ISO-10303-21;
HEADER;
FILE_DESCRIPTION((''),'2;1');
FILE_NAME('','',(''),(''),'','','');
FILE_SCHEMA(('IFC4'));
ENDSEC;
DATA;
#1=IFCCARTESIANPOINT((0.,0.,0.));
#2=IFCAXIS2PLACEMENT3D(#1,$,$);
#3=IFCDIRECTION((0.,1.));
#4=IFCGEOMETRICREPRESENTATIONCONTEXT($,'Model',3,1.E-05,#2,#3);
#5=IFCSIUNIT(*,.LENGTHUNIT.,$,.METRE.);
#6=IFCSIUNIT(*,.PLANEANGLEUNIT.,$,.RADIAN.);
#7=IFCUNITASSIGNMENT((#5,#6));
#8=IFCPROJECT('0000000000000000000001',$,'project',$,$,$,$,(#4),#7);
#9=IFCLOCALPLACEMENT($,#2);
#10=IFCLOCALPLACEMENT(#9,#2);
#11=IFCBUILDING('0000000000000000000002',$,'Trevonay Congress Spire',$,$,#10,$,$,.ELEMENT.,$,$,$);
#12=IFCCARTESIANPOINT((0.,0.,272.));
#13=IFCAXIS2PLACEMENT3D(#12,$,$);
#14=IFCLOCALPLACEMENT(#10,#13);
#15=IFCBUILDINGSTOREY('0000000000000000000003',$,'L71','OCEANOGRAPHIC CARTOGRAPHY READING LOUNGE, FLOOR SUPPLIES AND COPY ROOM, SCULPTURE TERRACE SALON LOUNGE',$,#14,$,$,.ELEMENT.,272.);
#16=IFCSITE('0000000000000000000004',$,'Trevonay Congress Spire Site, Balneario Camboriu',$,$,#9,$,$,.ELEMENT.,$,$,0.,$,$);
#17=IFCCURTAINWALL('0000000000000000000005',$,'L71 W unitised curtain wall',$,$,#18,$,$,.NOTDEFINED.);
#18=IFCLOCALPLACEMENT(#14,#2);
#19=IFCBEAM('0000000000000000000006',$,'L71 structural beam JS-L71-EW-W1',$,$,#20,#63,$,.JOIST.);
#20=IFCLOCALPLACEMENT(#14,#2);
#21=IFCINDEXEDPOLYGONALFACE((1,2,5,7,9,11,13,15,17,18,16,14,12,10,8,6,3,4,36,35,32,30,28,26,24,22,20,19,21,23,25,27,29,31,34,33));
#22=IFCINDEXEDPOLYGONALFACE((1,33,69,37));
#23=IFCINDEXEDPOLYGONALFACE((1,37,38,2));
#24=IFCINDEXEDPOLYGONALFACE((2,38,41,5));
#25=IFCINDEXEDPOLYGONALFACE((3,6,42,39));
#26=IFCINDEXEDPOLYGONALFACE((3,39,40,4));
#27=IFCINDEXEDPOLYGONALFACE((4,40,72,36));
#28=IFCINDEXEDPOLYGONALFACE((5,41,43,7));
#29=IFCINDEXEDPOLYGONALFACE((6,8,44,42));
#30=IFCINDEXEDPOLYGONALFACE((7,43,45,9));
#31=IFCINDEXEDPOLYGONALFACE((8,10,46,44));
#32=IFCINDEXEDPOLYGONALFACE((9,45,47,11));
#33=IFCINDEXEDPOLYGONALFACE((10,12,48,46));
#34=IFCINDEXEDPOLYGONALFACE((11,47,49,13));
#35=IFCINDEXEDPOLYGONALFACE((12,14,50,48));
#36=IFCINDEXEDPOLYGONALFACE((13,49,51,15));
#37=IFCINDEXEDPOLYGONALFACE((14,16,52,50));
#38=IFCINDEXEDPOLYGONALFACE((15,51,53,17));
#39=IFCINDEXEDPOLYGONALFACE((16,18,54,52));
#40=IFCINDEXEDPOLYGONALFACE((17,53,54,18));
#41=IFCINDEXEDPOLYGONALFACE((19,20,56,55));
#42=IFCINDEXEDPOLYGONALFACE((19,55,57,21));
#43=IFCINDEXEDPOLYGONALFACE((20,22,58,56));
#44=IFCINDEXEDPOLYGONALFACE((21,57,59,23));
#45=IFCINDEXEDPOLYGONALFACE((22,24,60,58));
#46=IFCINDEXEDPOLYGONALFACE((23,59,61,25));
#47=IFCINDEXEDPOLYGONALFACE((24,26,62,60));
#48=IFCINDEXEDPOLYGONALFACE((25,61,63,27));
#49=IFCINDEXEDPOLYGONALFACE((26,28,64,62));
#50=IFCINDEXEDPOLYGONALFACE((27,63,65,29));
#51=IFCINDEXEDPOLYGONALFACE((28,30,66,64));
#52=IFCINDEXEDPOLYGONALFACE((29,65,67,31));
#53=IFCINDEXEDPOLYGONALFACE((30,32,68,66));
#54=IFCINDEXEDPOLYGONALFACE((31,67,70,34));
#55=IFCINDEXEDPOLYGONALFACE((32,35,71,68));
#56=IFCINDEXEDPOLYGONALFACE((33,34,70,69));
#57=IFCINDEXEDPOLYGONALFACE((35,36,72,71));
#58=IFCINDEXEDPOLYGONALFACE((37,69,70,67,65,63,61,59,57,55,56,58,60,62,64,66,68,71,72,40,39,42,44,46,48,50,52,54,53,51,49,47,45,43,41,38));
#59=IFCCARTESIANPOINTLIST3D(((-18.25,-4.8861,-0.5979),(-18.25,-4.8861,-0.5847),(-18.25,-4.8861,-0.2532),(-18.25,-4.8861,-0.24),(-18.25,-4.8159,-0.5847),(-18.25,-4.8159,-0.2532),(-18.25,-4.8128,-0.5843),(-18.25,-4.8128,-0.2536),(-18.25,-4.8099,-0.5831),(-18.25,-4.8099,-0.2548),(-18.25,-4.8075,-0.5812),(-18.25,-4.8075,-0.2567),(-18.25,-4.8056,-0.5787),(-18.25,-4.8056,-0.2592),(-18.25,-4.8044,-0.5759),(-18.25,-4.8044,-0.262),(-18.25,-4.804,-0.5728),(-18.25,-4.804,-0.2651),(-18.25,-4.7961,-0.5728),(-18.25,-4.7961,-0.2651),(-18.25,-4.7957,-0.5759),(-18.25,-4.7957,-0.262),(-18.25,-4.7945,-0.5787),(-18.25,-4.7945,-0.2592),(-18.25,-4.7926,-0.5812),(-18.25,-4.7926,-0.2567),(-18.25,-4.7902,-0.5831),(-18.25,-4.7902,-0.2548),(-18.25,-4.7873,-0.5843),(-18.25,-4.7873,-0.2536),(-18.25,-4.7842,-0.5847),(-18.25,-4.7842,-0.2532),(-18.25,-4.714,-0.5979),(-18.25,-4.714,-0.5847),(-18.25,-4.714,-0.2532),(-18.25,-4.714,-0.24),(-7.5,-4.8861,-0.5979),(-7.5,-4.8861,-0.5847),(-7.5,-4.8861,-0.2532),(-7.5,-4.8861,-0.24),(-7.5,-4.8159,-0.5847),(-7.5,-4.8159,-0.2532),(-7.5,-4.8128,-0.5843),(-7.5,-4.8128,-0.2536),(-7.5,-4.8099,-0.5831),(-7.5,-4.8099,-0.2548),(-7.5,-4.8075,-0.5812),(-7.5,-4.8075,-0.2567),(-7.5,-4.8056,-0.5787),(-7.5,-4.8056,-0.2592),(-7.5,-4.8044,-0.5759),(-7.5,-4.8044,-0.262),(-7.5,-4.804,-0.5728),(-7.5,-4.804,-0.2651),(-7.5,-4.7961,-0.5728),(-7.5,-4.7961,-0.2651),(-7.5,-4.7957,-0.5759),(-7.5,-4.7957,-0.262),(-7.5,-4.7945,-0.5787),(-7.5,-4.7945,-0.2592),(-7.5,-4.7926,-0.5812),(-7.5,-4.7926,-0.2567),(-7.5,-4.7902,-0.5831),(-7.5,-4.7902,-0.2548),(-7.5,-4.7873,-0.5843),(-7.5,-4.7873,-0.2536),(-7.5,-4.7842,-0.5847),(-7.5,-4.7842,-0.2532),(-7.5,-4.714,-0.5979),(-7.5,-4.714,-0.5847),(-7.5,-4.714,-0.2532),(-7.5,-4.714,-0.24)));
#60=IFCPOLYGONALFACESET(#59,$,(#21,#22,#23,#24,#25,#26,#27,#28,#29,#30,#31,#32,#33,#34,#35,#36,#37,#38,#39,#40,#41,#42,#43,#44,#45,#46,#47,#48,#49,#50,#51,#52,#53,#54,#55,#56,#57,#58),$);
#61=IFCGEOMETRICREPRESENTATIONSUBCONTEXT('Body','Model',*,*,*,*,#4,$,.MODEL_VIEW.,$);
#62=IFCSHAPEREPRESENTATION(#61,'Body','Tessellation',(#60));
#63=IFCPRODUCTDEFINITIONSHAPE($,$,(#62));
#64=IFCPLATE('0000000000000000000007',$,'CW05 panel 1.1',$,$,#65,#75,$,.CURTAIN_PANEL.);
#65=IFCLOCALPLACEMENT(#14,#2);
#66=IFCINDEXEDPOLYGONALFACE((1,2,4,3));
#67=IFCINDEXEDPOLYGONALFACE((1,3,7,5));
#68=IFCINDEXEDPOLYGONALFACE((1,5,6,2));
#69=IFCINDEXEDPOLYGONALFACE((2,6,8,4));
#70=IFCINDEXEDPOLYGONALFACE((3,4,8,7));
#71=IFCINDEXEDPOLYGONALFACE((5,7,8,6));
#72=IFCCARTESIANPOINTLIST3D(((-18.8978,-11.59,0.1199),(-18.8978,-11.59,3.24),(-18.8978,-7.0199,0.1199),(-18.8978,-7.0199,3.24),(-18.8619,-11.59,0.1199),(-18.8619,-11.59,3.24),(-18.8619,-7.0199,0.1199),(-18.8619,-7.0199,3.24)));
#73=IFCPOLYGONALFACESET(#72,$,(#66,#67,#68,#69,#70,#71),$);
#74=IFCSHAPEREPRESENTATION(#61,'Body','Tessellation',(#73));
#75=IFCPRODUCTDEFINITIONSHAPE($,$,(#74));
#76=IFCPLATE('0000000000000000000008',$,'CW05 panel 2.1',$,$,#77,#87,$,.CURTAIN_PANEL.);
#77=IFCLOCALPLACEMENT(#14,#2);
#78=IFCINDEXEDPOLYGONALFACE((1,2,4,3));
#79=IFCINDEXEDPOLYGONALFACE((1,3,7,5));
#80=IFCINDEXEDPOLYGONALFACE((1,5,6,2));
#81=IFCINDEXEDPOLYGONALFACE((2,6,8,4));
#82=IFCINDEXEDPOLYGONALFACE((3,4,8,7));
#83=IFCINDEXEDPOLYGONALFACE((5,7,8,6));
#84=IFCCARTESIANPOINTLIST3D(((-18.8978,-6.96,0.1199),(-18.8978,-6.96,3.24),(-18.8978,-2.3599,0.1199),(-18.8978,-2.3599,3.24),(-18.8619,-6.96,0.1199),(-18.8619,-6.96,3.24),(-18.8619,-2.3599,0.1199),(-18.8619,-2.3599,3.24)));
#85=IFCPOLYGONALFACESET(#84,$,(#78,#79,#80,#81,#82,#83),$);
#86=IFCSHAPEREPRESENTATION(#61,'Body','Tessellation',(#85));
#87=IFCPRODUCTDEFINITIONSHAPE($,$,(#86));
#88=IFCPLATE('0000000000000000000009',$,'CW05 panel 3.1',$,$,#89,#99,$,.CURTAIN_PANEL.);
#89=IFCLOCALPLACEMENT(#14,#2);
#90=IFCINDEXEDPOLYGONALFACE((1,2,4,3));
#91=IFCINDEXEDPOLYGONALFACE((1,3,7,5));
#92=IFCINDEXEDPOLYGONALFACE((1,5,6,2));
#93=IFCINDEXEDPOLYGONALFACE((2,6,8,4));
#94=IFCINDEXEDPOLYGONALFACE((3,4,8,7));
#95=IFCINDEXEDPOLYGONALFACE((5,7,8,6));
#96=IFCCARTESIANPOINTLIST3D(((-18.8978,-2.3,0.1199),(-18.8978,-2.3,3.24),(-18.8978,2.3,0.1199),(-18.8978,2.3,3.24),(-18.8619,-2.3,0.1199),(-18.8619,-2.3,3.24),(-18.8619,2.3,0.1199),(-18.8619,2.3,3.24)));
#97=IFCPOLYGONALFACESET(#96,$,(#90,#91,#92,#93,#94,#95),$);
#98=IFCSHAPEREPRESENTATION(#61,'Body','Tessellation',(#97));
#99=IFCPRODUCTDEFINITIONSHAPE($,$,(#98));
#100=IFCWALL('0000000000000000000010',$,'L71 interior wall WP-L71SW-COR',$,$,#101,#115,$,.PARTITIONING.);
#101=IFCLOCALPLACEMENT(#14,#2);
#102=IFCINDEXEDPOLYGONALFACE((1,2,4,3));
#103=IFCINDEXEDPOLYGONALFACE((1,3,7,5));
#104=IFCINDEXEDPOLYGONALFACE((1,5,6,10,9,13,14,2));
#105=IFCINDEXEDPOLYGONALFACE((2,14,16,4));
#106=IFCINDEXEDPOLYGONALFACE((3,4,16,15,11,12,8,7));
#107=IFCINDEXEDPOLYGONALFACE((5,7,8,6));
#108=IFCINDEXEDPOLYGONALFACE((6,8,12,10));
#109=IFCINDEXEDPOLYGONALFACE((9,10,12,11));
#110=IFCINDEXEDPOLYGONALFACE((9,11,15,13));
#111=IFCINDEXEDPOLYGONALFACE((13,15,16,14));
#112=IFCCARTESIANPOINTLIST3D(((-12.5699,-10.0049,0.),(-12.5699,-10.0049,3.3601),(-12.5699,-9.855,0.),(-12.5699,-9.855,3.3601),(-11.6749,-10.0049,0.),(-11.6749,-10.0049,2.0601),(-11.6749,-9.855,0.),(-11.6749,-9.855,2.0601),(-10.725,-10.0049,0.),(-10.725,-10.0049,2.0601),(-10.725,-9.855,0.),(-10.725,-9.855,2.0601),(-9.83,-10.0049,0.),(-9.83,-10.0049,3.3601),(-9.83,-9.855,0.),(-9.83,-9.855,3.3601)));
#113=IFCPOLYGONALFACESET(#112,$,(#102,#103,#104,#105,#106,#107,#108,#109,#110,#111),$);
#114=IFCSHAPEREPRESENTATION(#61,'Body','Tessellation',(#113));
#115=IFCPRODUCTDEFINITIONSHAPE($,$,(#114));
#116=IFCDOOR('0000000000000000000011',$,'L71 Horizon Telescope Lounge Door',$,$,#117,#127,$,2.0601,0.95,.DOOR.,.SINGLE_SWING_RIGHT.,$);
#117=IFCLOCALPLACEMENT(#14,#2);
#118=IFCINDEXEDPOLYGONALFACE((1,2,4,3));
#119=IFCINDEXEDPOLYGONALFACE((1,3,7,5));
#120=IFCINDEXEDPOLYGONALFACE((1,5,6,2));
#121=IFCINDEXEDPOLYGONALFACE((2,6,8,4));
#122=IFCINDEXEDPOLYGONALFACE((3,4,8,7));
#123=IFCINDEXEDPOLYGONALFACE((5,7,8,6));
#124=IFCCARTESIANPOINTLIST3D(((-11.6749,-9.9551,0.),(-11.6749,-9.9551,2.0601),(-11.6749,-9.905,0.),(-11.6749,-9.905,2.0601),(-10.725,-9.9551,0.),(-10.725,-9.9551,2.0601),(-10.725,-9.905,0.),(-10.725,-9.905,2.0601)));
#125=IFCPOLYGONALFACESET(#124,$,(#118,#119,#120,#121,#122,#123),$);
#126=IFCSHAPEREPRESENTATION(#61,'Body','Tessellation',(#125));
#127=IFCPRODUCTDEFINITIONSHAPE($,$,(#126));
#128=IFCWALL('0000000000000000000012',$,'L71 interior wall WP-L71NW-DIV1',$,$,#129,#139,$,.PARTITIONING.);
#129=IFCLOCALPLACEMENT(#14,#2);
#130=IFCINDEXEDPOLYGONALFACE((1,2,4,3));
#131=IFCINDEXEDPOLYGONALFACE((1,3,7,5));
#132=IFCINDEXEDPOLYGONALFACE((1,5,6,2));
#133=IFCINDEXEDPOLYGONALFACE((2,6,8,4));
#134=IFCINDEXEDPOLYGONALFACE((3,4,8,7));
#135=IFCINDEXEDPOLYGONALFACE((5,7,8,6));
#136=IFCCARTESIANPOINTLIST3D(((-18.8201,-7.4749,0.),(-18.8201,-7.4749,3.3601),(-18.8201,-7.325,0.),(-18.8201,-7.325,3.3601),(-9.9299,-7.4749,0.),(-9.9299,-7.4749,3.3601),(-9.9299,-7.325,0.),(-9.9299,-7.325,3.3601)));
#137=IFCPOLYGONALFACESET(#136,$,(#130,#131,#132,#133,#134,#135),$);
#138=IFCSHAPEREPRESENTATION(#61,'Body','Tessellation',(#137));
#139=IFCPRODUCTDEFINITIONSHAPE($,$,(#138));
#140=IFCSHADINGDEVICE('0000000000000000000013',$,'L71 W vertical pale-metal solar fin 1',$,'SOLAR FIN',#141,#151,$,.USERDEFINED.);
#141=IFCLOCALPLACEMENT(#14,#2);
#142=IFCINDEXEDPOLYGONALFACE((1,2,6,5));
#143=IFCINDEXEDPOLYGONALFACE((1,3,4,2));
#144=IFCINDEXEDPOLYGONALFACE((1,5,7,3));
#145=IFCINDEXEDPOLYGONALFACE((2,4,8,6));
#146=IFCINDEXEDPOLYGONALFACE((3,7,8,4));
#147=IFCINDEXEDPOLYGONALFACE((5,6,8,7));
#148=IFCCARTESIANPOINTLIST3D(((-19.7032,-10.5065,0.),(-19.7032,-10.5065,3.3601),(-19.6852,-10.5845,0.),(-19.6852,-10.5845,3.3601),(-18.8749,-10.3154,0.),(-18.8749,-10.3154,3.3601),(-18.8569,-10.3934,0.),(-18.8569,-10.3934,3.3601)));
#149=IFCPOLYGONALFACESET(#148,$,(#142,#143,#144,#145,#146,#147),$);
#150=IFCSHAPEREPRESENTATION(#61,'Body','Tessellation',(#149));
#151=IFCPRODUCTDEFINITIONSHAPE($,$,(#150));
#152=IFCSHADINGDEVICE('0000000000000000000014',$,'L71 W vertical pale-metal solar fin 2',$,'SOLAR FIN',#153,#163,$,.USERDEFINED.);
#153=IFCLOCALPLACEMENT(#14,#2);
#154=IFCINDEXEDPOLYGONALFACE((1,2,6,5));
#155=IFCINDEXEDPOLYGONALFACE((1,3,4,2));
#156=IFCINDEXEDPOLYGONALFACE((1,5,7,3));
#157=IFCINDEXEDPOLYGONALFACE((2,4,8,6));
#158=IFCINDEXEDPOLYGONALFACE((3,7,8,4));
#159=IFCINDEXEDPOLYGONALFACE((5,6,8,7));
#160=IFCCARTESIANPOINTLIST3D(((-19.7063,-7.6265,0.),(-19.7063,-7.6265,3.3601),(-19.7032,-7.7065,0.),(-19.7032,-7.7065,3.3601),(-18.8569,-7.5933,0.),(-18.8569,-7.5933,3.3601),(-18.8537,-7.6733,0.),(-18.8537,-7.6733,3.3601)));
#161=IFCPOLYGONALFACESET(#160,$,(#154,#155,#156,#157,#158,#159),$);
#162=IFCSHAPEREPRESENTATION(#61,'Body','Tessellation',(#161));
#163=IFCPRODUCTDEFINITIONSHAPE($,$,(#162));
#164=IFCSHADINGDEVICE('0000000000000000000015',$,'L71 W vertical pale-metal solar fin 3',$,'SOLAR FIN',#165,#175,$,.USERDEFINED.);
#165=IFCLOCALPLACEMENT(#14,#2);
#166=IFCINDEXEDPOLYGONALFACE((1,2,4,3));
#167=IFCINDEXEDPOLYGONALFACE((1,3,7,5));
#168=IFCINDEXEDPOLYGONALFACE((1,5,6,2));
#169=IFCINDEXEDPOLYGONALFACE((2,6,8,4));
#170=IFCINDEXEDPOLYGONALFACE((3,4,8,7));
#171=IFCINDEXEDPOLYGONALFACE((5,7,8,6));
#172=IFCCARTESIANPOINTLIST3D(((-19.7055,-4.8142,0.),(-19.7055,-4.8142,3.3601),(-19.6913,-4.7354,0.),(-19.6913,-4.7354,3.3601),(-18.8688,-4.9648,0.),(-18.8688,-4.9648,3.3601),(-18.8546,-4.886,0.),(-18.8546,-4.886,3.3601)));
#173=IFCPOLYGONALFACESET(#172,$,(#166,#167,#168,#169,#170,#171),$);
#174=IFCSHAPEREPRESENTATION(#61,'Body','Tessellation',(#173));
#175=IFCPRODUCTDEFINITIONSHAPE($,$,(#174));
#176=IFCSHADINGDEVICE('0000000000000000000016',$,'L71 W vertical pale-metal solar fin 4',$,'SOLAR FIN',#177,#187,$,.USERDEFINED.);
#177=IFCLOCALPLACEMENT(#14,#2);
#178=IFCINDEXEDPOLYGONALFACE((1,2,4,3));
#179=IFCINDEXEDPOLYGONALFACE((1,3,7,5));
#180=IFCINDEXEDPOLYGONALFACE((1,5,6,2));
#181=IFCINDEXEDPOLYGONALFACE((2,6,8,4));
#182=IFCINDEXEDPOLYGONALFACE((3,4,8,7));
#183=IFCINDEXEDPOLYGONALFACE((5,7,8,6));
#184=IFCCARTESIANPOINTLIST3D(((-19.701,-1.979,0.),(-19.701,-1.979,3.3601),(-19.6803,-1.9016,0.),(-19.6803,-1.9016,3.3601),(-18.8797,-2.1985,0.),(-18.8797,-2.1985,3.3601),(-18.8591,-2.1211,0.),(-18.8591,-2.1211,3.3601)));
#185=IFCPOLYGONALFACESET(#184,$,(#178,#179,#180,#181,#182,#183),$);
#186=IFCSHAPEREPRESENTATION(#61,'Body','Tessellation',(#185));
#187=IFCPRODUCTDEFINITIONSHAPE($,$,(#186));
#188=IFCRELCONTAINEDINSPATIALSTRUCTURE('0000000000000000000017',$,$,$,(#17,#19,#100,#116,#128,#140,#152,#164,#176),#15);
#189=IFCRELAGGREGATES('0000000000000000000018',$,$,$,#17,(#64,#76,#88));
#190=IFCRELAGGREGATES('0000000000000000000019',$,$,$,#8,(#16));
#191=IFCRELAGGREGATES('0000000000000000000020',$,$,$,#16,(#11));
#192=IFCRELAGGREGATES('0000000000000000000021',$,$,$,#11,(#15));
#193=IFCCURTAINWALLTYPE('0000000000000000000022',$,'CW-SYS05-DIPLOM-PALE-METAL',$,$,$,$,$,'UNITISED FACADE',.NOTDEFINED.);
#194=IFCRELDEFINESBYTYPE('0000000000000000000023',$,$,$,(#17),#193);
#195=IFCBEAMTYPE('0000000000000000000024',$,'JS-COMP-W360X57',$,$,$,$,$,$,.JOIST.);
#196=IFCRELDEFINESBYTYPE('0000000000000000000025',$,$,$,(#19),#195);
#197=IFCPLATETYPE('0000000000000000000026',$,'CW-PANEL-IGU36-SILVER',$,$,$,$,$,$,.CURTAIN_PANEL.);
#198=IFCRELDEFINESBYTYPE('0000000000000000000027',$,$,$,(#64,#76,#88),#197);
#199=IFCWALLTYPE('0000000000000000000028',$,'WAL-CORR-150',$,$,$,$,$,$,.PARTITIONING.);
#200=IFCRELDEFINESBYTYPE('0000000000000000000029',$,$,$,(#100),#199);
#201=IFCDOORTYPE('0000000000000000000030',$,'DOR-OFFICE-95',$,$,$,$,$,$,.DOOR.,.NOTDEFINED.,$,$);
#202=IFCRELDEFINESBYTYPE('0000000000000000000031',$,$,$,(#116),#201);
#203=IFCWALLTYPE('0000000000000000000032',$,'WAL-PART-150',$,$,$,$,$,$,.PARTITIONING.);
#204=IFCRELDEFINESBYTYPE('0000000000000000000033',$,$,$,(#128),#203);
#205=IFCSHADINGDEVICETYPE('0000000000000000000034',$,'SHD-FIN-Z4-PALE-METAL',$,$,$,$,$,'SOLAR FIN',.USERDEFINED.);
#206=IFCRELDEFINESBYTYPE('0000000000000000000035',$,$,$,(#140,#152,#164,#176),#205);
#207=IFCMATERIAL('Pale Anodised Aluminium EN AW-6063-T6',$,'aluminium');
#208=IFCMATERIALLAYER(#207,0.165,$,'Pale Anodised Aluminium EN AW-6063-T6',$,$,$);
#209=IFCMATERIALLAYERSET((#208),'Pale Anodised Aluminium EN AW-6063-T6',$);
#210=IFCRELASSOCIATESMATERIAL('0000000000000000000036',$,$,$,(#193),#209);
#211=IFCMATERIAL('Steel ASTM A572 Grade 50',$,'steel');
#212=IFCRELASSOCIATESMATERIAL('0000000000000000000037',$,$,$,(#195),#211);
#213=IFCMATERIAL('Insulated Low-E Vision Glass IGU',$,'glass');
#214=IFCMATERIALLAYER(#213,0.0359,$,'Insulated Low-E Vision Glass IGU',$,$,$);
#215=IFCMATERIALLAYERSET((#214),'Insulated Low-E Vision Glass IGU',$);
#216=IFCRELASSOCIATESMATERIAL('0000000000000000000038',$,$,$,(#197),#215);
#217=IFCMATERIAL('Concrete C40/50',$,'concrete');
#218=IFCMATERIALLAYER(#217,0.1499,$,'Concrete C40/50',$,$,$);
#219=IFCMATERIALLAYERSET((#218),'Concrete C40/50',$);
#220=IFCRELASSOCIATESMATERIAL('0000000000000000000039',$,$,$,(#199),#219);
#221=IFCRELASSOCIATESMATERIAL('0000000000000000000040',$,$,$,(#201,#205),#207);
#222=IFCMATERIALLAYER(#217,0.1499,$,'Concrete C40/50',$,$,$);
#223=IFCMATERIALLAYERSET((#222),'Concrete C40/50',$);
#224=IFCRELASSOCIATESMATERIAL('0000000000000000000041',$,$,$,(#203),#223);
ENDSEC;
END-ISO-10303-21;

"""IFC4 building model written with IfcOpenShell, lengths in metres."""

from ifc_helpers import new_model, si_unit, direction, frame, frame_2d, origin, origin_2d, place, context, subcontext, project, spatial, rectangle, i_section, extrude, material, layer, layer_set, material_profile, profile_set, type_object, element, fill, aggregate, save


model = new_model("IFC4")

# Units and contexts
model_context = context("Model", 3, precision=1e-05, world=origin(), true_north=direction((0.0, 1.0)))
body_context = subcontext(model_context, "Body", "Model", "MODEL_VIEW")
ifc_project = project(units=[si_unit("LENGTHUNIT", "METRE"), si_unit("PLANEANGLEUNIT", "RADIAN")], contexts=[model_context])

# Site, building, storey
site_placement = place(None, origin())
site = spatial("IfcSite", under=ifc_project, at=site_placement, Name="Trevonay Congress Spire Site, Balneario Camboriu", CompositionType="ELEMENT", RefElevation=0.0)
building_placement = place(site_placement, origin())
building = spatial("IfcBuilding", under=site, at=building_placement, Name="Trevonay Congress Spire", CompositionType="ELEMENT")
storey_placement = place(building_placement, frame((0.0, 0.0, 272.0)))
storey = spatial("IfcBuildingStorey", under=building, at=storey_placement, Name="L71", Description="OCEANOGRAPHIC CARTOGRAPHY READING LOUNGE, FLOOR SUPPLIES AND COPY ROOM, SCULPTURE TERRACE SALON LOUNGE", CompositionType="ELEMENT", Elevation=272.0)

# Shared definitions
ifc_material_1 = material(Name="Steel ASTM A572 Grade 50", Category="steel")

# Curtain wall
ifc_material_2 = material(Name="Pale Anodised Aluminium EN AW-6063-T6", Category="aluminium")
ifc_layer_1 = layer(ifc_material_2, 0.165, Name="Pale Anodised Aluminium EN AW-6063-T6")
ifc_layer_set_1 = layer_set([ifc_layer_1], Name="Pale Anodised Aluminium EN AW-6063-T6")
curtain_wall_type = type_object("IfcCurtainWallType", Name="CW-SYS05-DIPLOM-PALE-METAL", ElementType="UNITISED FACADE", PredefinedType="NOTDEFINED", material=ifc_layer_set_1)
curtain_wall_placement = place(storey_placement, origin())
curtain_wall = element("IfcCurtainWall", 1, at=curtain_wall_placement, inside=storey, type_object=curtain_wall_type, Name="L71 W unitised curtain wall", PredefinedType="NOTDEFINED")

# Beam
ifc_material_profile_1 = material_profile(ifc_material_1, i_section(OverallWidth=0.1721, OverallDepth=0.3579, WebThickness=0.0078, FlangeThickness=0.0132, FilletRadius=0.012, at=origin_2d()), Name="W360x57.8")
ifc_profile_set_1 = profile_set([ifc_material_profile_1], Name="Steel ASTM A572 Grade 50")
beam_type_1 = type_object("IfcBeamType", Name="JS-COMP-W360X57", PredefinedType="JOIST", material=ifc_profile_set_1)
beam_1_placement = place(storey_placement, frame((-18.25, -4.8, -0.4189), z_axis=(1.0, 0.0, 0.0), x_axis=(0.0, 1.0, 0.0)))
element("IfcBeam", 2, at=beam_1_placement, inside=storey, type_object=beam_type_1, Name="L71 structural beam JS-L71-EW-W1", PredefinedType="JOIST", context=body_context, shape_type="SweptSolid", body=[
    extrude(i_section(OverallWidth=0.1721, OverallDepth=0.3579, WebThickness=0.0078, FlangeThickness=0.0132, FilletRadius=0.012, at=origin_2d()), origin(), (0.0, 0.0, 1.0), 10.75),
])

# Plates
ifc_material_3 = material(Name="Insulated Low-E Vision Glass IGU", Category="glass")
ifc_layer_2 = layer(ifc_material_3, 0.0359, Name="Insulated Low-E Vision Glass IGU")
ifc_layer_set_2 = layer_set([ifc_layer_2], Name="Insulated Low-E Vision Glass IGU")
plate_type = type_object("IfcPlateType", Name="CW-PANEL-IGU36-SILVER", PredefinedType="CURTAIN_PANEL", material=ifc_layer_set_2)
plate_1_placement = place(storey_placement, frame((-18.8799, -9.3049, 0.1199), z_axis=(0.0, 0.0, 1.0), x_axis=(0.0, 1.0, 0.0)))
plate_1 = element("IfcPlate", 3, at=plate_1_placement, type_object=plate_type, Name="CW05 panel 1.1", PredefinedType="CURTAIN_PANEL", context=body_context, shape_type="SweptSolid", body=[
    extrude(rectangle(XDim=4.5701, YDim=0.0359, at=origin_2d()), origin(), (0.0, 0.0, 1.0), 3.1201),
])
plate_2_placement = place(storey_placement, frame((-18.8799, -4.6599, 0.1199), z_axis=(0.0, 0.0, 1.0), x_axis=(0.0, 1.0, 0.0)))
plate_2 = element("IfcPlate", 4, at=plate_2_placement, type_object=plate_type, Name="CW05 panel 2.1", PredefinedType="CURTAIN_PANEL", context=body_context, shape_type="SweptSolid", body=[
    extrude(rectangle(XDim=4.6001, YDim=0.0359, at=origin_2d()), origin(), (0.0, 0.0, 1.0), 3.1201),
])
plate_3_placement = place(storey_placement, frame((-18.8799, 0.0, 0.1199), z_axis=(0.0, 0.0, 1.0), x_axis=(0.0, 1.0, 0.0)))
plate_3 = element("IfcPlate", 5, at=plate_3_placement, type_object=plate_type, Name="CW05 panel 3.1", PredefinedType="CURTAIN_PANEL", context=body_context, shape_type="SweptSolid", body=[
    extrude(rectangle(XDim=4.6001, YDim=0.0359, at=origin_2d()), origin(), (0.0, 0.0, 1.0), 3.1201),
])
aggregate(curtain_wall, [plate_1, plate_2, plate_3])

# Wall, opening, door
ifc_material_4 = material(Name="Concrete C40/50", Category="concrete")
ifc_layer_3 = layer(ifc_material_4, 0.1499, Name="Concrete C40/50")
ifc_layer_set_3 = layer_set([ifc_layer_3], Name="Concrete C40/50")
wall_type_1 = type_object("IfcWallType", Name="WAL-CORR-150", PredefinedType="PARTITIONING", material=ifc_layer_set_3)
wall_1_placement = place(storey_placement, frame((-12.5701, -9.9299, 0.0), z_axis=(0.0, 0.0, 1.0), x_axis=(1.0, 0.0, 0.0)))
wall_1 = element("IfcWall", 6, at=wall_1_placement, inside=storey, type_object=wall_type_1, Name="L71 interior wall WP-L71SW-COR", PredefinedType="PARTITIONING", context=body_context, shape_type="SweptSolid", body=[
    extrude(rectangle(XDim=2.74, YDim=0.1499, at=frame_2d((1.3701, 0.0))), origin(), (0.0, 0.0, 1.0), 3.3601),
])
opening_placement = place(wall_1_placement, frame((0.895, 0.0, 0.0)))
opening = element("IfcOpeningElement", 7, at=opening_placement, cuts=wall_1, PredefinedType="OPENING", context=body_context, shape_type="SweptSolid", body=[
    extrude(rectangle(XDim=0.95, YDim=2.0601, at=frame_2d((0.4751, 1.03))), frame((0.0, 0.085, 0.0), z_axis=(0.0, -1.0, 0.0), x_axis=(1.0, 0.0, 0.0)), (0.0, 0.0, 1.0), 0.1699),
])
door_type = type_object("IfcDoorType", Name="DOR-OFFICE-95", OperationType="NOTDEFINED", PredefinedType="DOOR", material=ifc_material_2)
door_placement = place(opening_placement, origin())
door = element("IfcDoor", 8, at=door_placement, inside=storey, type_object=door_type, Name="L71 Horizon Telescope Lounge Door", OperationType="SINGLE_SWING_RIGHT", OverallHeight=2.0601, OverallWidth=0.95, PredefinedType="DOOR", context=body_context, shape_type="SweptSolid", body=[
    extrude(rectangle(XDim=0.95, YDim=2.0601, at=frame_2d((0.4751, 1.03))), frame((0.0, 0.0249, 0.0), z_axis=(0.0, -1.0, 0.0), x_axis=(1.0, 0.0, 0.0)), (0.0, 0.0, 1.0), 0.05),
])
fill(opening, door)

# Wall
ifc_layer_4 = layer(ifc_material_4, 0.1499, Name="Concrete C40/50")
ifc_layer_set_4 = layer_set([ifc_layer_4], Name="Concrete C40/50")
wall_type_2 = type_object("IfcWallType", Name="WAL-PART-150", PredefinedType="PARTITIONING", material=ifc_layer_set_4)
wall_2_placement = place(storey_placement, frame((-18.8201, -7.3999, 0.0), z_axis=(0.0, 0.0, 1.0), x_axis=(1.0, 0.0, 0.0)))
element("IfcWall", 9, at=wall_2_placement, inside=storey, type_object=wall_type_2, Name="L71 interior wall WP-L71NW-DIV1", PredefinedType="PARTITIONING", context=body_context, shape_type="SweptSolid", body=[
    extrude(rectangle(XDim=8.8901, YDim=0.1499, at=frame_2d((4.4451, 0.0))), origin(), (0.0, 0.0, 1.0), 3.3601),
])

# Shading devices
shading_device_type = type_object("IfcShadingDeviceType", Name="SHD-FIN-Z4-PALE-METAL", ElementType="SOLAR FIN", PredefinedType="USERDEFINED", material=ifc_material_2)
for number, where, z_axis, x_axis, name in (
    (10, (-19.28, -10.45, 0.0), (0.0, 0.0, 1.0), (-0.224781, 0.974409, 0.0), "L71 W vertical pale-metal solar fin 1"),
    (11, (-19.28, -7.6499, 0.0), (0.0, 0.0, 1.0), (-0.039085, 0.999236, 0.0), "L71 W vertical pale-metal solar fin 2"),
    (12, (-19.28, -4.8501, 0.0), (0.0, 0.0, 1.0), (0.177085, 0.984196, 0.0), "L71 W vertical pale-metal solar fin 3"),
    (13, (-19.28, -2.05, 0.0), (0.0, 0.0, 1.0), (0.258145, 0.966106, 0.0), "L71 W vertical pale-metal solar fin 4"),
):
    element("IfcShadingDevice", number, at=place(storey_placement, frame(where, z_axis=z_axis, x_axis=x_axis)), inside=storey, type_object=shading_device_type, Name=name, ObjectType="SOLAR FIN", PredefinedType="USERDEFINED", context=body_context, shape_type="SweptSolid", body=[
        extrude(rectangle(XDim=0.0801, YDim=0.8501, at=origin_2d()), origin(), (0.0, 0.0, 1.0), 3.3601),
    ])

save(model, "model.ifc")
